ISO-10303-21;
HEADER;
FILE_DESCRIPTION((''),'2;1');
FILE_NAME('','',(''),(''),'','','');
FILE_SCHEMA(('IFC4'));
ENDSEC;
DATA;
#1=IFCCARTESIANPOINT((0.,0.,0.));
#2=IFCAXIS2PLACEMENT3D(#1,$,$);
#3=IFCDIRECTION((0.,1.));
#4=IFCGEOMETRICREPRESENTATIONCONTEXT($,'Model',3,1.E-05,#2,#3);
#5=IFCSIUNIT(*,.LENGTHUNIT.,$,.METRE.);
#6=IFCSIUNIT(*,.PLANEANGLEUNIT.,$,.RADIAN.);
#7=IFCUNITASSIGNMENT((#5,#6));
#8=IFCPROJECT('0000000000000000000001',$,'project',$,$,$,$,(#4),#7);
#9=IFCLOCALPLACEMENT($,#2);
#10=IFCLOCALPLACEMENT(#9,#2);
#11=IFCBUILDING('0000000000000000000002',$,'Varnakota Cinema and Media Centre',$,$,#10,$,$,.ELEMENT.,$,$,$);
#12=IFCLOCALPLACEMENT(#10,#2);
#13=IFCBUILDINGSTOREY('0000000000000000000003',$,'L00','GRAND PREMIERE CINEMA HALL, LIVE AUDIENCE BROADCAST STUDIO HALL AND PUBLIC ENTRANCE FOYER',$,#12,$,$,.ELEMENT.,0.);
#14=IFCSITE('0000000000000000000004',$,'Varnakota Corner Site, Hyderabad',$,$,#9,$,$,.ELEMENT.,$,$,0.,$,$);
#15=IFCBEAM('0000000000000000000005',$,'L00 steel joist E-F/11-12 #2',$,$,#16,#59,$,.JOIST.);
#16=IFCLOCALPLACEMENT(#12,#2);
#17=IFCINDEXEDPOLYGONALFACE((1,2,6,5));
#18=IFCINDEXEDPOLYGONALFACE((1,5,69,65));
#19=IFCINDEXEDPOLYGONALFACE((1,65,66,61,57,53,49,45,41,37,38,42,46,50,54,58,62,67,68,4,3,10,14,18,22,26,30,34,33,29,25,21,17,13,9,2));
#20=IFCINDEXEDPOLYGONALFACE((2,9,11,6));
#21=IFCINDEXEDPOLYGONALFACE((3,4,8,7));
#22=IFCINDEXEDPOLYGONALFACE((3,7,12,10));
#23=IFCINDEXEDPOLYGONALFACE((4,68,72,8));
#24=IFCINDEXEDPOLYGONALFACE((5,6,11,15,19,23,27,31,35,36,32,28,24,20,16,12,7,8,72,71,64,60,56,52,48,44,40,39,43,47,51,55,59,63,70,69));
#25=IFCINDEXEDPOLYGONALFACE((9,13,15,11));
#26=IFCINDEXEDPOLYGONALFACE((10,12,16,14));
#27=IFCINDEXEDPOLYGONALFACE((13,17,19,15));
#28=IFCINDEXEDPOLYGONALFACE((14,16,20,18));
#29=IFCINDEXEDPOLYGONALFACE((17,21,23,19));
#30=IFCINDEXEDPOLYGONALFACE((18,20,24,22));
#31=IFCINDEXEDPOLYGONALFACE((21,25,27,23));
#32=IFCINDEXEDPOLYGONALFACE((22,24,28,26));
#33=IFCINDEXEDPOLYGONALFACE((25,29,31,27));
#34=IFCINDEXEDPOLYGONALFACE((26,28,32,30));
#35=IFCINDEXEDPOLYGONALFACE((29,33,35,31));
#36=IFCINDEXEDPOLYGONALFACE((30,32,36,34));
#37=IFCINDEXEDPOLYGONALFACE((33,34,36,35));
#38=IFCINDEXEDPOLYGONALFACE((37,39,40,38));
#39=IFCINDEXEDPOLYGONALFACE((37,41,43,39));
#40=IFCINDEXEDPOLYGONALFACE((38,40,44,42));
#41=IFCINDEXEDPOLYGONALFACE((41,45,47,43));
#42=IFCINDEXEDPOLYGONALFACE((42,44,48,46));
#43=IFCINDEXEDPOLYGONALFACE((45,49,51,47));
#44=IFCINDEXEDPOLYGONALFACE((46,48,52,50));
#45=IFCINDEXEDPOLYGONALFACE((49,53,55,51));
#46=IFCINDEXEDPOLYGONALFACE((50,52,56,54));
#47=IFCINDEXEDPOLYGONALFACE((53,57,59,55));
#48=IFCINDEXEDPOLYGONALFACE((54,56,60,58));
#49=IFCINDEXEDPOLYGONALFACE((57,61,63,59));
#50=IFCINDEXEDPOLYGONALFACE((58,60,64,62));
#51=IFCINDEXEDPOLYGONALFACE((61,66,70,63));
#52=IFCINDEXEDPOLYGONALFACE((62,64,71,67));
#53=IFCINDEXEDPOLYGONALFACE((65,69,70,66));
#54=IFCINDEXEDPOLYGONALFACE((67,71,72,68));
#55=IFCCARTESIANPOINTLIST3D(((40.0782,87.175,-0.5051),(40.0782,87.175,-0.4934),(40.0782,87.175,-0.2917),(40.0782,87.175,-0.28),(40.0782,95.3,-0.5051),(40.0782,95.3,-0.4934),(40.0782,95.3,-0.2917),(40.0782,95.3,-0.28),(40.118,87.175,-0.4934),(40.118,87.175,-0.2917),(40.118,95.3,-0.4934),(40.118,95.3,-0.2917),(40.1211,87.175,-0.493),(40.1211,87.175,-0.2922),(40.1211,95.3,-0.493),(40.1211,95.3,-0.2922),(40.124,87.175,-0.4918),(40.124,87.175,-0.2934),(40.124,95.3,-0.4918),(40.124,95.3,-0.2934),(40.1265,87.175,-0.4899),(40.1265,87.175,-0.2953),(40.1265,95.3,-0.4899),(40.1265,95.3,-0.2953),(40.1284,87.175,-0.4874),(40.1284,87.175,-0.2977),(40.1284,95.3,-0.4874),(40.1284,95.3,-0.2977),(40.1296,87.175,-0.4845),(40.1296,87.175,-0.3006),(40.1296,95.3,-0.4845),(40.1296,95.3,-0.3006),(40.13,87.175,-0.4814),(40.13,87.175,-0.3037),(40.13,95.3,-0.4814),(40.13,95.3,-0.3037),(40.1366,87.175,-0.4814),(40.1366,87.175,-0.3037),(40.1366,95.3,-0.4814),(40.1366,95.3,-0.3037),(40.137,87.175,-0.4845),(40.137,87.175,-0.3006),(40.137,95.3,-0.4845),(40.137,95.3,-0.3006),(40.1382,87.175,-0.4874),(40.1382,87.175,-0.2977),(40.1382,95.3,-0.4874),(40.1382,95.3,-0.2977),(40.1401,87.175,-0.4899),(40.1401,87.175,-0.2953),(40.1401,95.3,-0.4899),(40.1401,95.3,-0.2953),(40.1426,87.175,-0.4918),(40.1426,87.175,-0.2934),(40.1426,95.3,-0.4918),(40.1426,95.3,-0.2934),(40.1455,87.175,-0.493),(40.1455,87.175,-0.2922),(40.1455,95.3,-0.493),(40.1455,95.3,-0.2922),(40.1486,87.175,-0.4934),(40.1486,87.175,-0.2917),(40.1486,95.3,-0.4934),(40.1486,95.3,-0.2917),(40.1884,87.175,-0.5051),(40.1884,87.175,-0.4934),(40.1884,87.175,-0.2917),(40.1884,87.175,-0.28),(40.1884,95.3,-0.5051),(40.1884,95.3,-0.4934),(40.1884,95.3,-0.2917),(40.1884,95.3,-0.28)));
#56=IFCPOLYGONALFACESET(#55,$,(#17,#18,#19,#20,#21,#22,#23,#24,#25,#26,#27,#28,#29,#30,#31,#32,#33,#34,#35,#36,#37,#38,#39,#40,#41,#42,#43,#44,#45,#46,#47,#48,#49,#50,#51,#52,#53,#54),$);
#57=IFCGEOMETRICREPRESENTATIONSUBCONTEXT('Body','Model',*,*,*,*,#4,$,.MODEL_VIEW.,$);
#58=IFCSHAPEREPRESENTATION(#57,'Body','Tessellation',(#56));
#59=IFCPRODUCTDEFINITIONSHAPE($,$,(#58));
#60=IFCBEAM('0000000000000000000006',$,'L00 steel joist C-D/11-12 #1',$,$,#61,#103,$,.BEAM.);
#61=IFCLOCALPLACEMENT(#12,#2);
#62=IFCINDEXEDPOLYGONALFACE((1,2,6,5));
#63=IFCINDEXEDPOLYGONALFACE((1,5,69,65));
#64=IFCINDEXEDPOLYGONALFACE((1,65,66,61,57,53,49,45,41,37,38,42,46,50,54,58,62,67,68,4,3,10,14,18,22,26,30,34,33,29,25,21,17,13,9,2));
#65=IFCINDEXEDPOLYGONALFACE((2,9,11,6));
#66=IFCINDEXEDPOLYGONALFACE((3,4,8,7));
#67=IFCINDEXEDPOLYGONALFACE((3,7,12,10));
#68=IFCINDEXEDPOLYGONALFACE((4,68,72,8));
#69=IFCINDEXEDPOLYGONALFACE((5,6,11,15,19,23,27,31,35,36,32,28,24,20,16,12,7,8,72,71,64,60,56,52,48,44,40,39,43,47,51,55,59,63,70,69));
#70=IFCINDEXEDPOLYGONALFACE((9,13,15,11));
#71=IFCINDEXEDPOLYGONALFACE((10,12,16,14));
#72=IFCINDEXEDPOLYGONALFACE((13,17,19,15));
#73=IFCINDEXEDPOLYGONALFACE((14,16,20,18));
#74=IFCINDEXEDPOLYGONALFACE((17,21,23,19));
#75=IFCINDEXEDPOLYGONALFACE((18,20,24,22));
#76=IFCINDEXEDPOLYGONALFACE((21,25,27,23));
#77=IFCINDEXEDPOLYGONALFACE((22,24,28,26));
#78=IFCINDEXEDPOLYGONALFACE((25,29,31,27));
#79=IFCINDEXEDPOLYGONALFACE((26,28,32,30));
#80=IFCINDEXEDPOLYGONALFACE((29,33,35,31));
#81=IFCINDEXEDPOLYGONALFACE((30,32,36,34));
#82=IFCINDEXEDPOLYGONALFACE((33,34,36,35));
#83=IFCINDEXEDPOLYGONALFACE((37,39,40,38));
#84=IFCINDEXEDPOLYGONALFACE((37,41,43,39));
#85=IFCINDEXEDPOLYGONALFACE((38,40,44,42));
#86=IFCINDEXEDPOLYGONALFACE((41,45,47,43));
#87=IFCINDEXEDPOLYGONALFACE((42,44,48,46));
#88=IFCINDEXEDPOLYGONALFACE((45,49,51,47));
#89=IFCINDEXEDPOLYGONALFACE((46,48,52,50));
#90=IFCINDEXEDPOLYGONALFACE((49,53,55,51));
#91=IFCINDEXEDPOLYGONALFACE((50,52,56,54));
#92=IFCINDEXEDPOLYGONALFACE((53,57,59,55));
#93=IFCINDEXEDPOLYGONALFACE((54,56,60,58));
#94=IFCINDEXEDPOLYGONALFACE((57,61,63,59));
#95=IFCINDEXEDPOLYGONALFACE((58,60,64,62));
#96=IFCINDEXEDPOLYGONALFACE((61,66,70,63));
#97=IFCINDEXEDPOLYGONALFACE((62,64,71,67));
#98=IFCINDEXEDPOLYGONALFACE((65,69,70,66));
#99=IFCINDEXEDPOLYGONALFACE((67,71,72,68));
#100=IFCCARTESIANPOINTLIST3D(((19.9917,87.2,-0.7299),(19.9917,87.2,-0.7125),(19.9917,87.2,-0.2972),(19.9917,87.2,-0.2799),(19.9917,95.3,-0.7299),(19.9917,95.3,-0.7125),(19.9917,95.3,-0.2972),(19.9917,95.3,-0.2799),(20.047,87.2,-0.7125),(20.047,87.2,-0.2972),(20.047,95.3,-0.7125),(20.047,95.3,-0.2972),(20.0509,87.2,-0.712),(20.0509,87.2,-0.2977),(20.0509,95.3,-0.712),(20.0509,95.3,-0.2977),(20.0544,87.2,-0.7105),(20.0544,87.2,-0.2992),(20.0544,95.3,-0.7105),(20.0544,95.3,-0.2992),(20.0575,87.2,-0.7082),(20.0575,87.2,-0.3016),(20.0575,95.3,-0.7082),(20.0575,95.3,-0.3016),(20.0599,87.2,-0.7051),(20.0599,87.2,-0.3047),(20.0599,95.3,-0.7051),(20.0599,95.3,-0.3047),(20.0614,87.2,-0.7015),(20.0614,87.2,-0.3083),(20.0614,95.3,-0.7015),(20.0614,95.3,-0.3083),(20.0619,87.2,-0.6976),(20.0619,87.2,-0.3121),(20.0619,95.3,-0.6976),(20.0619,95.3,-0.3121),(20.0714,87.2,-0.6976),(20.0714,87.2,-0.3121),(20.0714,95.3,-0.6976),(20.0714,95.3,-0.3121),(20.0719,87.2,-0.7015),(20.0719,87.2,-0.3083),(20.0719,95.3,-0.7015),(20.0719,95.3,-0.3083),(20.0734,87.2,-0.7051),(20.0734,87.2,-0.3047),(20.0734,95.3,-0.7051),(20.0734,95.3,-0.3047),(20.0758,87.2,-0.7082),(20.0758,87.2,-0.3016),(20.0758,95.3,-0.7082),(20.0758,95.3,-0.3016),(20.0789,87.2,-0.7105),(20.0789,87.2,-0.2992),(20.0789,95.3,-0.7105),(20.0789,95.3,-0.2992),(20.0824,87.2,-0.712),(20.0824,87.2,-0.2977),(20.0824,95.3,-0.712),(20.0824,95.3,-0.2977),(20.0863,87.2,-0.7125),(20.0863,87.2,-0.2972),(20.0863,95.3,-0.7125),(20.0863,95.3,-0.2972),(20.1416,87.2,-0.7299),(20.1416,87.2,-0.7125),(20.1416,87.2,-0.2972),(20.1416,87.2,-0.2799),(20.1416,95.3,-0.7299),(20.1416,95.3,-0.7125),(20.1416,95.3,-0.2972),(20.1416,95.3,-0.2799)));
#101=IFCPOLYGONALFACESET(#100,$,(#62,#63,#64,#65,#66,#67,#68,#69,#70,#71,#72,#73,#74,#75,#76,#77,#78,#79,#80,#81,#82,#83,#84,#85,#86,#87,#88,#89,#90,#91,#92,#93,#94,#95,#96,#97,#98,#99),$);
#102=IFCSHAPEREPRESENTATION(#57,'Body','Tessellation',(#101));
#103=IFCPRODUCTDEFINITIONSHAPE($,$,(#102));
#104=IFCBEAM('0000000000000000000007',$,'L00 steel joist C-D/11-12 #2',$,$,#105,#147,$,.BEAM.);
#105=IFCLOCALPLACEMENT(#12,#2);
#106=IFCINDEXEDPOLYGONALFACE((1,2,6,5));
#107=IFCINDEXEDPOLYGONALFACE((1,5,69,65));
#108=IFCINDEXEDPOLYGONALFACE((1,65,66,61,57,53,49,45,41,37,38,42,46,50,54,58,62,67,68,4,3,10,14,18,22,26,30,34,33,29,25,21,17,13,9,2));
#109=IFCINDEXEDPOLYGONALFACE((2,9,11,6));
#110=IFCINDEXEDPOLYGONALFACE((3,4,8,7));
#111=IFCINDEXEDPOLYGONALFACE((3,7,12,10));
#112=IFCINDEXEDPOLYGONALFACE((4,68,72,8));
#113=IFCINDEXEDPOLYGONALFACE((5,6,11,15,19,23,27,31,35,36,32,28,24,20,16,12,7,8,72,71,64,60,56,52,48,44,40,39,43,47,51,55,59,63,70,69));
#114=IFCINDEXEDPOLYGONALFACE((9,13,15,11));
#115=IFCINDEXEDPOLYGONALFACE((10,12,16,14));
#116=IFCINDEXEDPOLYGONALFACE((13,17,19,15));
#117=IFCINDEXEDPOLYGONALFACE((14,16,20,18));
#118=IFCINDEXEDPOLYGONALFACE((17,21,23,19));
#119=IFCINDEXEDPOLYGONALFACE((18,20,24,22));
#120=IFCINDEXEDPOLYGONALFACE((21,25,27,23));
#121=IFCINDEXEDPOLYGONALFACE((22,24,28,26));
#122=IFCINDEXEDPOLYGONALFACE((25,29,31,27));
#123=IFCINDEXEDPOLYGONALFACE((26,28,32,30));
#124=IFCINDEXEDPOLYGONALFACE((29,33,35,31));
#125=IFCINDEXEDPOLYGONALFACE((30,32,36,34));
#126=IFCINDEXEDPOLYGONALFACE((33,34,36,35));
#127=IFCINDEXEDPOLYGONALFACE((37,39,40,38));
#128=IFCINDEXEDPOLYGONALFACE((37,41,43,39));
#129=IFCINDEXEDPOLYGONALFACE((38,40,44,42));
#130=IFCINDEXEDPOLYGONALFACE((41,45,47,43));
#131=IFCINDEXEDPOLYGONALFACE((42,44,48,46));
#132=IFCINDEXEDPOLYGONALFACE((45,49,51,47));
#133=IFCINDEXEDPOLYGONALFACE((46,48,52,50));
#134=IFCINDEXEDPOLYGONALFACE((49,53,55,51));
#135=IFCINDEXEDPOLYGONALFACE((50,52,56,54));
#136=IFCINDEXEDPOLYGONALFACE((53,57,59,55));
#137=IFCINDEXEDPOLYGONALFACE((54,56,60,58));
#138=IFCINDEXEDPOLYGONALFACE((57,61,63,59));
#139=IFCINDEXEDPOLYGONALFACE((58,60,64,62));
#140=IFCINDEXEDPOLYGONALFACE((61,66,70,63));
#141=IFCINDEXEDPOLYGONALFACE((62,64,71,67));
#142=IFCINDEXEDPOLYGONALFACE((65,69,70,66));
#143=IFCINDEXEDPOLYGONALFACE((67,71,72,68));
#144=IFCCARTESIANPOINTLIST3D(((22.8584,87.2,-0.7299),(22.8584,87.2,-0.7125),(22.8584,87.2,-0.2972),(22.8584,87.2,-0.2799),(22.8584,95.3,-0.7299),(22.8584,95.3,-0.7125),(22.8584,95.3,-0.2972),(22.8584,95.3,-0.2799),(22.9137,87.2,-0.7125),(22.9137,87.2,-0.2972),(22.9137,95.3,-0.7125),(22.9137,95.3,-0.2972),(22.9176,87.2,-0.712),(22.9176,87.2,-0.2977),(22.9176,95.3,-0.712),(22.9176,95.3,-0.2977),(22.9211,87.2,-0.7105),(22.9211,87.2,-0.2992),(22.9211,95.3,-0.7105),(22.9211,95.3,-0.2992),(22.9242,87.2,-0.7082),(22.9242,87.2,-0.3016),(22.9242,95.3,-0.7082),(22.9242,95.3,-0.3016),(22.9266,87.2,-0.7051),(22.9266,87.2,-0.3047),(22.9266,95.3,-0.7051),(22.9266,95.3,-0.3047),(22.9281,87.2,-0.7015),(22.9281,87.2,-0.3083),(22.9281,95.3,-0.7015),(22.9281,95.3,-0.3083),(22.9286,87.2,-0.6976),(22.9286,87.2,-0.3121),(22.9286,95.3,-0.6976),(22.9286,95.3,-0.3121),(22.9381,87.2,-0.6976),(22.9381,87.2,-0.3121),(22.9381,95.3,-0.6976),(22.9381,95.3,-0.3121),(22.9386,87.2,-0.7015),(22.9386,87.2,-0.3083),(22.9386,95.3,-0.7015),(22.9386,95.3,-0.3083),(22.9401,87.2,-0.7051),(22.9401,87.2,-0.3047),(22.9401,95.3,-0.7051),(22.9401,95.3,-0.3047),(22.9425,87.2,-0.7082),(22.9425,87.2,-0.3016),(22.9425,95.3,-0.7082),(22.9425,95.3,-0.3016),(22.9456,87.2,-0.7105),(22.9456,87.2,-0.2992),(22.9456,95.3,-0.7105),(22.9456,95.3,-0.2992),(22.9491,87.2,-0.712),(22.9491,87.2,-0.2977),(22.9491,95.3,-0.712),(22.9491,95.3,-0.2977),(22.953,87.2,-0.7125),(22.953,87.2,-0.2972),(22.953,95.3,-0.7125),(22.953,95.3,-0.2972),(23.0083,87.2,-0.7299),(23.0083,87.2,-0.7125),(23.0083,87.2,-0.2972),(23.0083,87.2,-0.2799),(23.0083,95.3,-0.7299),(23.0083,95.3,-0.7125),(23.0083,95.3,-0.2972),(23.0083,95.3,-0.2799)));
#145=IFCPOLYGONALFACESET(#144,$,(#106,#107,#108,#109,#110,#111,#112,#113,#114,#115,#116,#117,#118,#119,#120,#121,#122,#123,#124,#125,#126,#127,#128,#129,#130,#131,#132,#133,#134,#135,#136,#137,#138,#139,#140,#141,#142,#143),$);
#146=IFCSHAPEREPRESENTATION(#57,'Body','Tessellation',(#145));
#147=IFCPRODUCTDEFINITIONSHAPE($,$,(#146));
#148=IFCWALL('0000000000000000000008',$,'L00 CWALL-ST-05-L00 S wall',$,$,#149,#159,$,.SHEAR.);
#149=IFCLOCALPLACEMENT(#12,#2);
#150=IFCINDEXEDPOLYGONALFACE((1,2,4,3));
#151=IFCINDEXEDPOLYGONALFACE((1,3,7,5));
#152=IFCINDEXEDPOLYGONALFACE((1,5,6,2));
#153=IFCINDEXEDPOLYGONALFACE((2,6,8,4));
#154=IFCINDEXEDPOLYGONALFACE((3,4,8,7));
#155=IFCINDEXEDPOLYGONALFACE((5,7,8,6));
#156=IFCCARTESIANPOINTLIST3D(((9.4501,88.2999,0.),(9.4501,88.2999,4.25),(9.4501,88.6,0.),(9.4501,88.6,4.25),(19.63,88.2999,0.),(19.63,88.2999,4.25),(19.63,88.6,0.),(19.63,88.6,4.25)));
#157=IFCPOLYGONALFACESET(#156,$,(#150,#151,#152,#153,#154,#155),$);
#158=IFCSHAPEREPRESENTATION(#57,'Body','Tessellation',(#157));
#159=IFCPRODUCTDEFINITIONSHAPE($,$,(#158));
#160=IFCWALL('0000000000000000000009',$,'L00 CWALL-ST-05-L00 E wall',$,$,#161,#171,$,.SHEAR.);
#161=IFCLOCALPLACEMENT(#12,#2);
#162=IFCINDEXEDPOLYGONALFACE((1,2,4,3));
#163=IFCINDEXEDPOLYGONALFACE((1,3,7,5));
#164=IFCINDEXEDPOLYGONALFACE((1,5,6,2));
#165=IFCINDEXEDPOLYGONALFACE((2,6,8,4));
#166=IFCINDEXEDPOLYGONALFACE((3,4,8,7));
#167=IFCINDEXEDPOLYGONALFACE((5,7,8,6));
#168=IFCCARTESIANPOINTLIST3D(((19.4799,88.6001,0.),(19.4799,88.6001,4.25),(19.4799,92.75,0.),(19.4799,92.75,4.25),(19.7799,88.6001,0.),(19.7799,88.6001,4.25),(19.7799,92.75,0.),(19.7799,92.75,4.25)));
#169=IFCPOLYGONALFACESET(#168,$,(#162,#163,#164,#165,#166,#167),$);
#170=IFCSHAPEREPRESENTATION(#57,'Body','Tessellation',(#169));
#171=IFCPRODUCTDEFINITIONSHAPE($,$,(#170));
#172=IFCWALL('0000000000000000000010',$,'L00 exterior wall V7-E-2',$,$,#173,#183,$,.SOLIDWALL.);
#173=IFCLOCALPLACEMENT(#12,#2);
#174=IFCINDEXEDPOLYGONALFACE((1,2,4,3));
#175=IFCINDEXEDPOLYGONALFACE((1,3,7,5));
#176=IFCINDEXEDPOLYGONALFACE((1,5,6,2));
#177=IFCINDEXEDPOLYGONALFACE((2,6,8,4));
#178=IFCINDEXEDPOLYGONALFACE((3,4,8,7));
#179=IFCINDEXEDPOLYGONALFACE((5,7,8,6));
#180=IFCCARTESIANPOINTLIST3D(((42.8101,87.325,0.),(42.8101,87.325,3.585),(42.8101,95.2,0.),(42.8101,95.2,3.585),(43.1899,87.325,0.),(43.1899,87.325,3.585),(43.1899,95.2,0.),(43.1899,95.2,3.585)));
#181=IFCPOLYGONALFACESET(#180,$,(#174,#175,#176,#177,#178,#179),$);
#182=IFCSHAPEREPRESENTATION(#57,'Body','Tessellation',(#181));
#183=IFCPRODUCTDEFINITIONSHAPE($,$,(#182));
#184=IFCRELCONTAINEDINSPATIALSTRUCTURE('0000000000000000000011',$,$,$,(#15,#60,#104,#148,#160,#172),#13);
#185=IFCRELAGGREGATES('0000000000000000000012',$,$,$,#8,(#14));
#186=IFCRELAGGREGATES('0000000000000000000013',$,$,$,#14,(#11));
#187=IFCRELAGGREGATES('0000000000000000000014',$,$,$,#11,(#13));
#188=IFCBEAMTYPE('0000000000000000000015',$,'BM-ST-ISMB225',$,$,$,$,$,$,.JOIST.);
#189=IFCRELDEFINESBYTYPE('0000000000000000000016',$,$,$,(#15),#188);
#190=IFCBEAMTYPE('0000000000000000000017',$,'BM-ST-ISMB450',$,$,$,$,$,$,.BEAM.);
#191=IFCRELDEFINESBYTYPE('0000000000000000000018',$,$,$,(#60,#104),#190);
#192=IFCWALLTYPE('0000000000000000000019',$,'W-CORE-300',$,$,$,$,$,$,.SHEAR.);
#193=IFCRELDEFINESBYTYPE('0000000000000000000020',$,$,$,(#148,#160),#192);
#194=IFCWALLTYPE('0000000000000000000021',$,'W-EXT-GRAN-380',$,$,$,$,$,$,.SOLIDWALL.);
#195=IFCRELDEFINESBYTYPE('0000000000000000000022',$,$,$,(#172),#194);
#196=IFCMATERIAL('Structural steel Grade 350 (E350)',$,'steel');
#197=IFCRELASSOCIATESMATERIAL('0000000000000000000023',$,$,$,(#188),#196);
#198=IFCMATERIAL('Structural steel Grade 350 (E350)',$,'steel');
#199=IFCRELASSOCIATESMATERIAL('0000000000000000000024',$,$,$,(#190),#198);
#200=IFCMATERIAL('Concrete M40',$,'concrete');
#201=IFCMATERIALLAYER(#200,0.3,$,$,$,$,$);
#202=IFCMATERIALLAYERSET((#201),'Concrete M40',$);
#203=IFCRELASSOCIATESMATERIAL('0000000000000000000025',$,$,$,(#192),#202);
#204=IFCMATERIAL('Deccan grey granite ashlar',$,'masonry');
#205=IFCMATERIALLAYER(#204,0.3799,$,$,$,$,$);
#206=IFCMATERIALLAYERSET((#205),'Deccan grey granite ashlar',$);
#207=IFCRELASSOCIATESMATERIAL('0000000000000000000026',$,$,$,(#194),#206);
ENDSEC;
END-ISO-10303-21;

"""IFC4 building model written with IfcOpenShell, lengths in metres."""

from ifc_helpers import new_model, si_unit, direction, frame, frame_2d, origin, origin_2d, place, context, subcontext, project, spatial, rectangle, i_section, extrude, material, layer, layer_set, material_profile, profile_set, type_object, element, save


model = new_model("IFC4")

# Units and contexts
model_context = context("Model", 3, precision=1e-05, world=origin(), true_north=direction((0.0, 1.0)))
body_context = subcontext(model_context, "Body", "Model", "MODEL_VIEW")
ifc_project = project(units=[si_unit("LENGTHUNIT", "METRE"), si_unit("PLANEANGLEUNIT", "RADIAN")], contexts=[model_context])

# Site, building, storey
site_placement = place(None, origin())
site = spatial("IfcSite", under=ifc_project, at=site_placement, Name="Varnakota Corner Site, Hyderabad", CompositionType="ELEMENT", RefElevation=0.0)
building_placement = place(site_placement, origin())
building = spatial("IfcBuilding", under=site, at=building_placement, Name="Varnakota Cinema and Media Centre", CompositionType="ELEMENT")
storey_placement = place(building_placement, origin())
storey = spatial("IfcBuildingStorey", under=building, at=storey_placement, Name="L00", Description="GRAND PREMIERE CINEMA HALL, LIVE AUDIENCE BROADCAST STUDIO HALL AND PUBLIC ENTRANCE FOYER", CompositionType="ELEMENT", Elevation=0.0)

# Beams
ifc_material_1 = material(Name="Structural steel Grade 350 (E350)", Category="steel")
ifc_material_profile_1 = material_profile(ifc_material_1, i_section(OverallWidth=0.1101, OverallDepth=0.2251, WebThickness=0.0066, FlangeThickness=0.0117, FilletRadius=0.012, at=origin_2d()), Name="ISMB 225")
ifc_profile_set_1 = profile_set([ifc_material_profile_1], Name="Structural steel Grade 350 (E350)")
beam_type_1 = type_object("IfcBeamType", Name="BM-ST-ISMB225", PredefinedType="JOIST", material=ifc_profile_set_1)
for number, where, z_axis, x_axis, name in (
    (1, (40.1333, 87.175, -0.3926), (0.0, 1.0, 0.0), (-1.0, 0.0, 0.0), "L00 steel joist E-F/11-12 #2"),
):
    element("IfcBeam", number, at=place(storey_placement, frame(where, z_axis=z_axis, x_axis=x_axis)), inside=storey, type_object=beam_type_1, Name=name, PredefinedType="JOIST", context=body_context, shape_type="SweptSolid", body=[
        extrude(i_section(OverallWidth=0.1101, OverallDepth=0.2251, WebThickness=0.0066, FlangeThickness=0.0117, FilletRadius=0.012, at=origin_2d()), origin(), (0.0, 0.0, 1.0), 8.125),
    ])
ifc_material_2 = material(Name="Structural steel Grade 350 (E350)", Category="steel")
ifc_material_profile_2 = material_profile(ifc_material_2, i_section(OverallWidth=0.1499, OverallDepth=0.45, WebThickness=0.0095, FlangeThickness=0.0173, FilletRadius=0.0149, at=origin_2d()), Name="ISMB 450")
ifc_profile_set_2 = profile_set([ifc_material_profile_2], Name="Structural steel Grade 350 (E350)")
beam_type_2 = type_object("IfcBeamType", Name="BM-ST-ISMB450", PredefinedType="BEAM", material=ifc_profile_set_2)
for number, where, z_axis, x_axis, name in (
    (2, (20.0667, 87.2, -0.5049), (0.0, 1.0, 0.0), (-1.0, 0.0, 0.0), "L00 steel joist C-D/11-12 #1"),
    (3, (22.9333, 87.2, -0.5049), (0.0, 1.0, 0.0), (-1.0, 0.0, 0.0), "L00 steel joist C-D/11-12 #2"),
):
    element("IfcBeam", number, at=place(storey_placement, frame(where, z_axis=z_axis, x_axis=x_axis)), inside=storey, type_object=beam_type_2, Name=name, PredefinedType="BEAM", context=body_context, shape_type="SweptSolid", body=[
        extrude(i_section(OverallWidth=0.1499, OverallDepth=0.45, WebThickness=0.0095, FlangeThickness=0.0173, FilletRadius=0.0149, at=origin_2d()), origin(), (0.0, 0.0, 1.0), 8.1001),
    ])

# Walls
ifc_material_3 = material(Name="Concrete M40", Category="concrete")
ifc_layer_1 = layer(ifc_material_3, 0.3)
ifc_layer_set_1 = layer_set([ifc_layer_1], Name="Concrete M40")
wall_type_1 = type_object("IfcWallType", Name="W-CORE-300", PredefinedType="SHEAR", material=ifc_layer_set_1)
wall_1_placement = place(storey_placement, frame((19.6299, 88.45, 0.0), z_axis=(0.0, 0.0, 1.0), x_axis=(-1.0, 0.0, 0.0)))
element("IfcWall", 4, at=wall_1_placement, inside=storey, type_object=wall_type_1, Name="L00 CWALL-ST-05-L00 S wall", PredefinedType="SHEAR", context=body_context, shape_type="SweptSolid", body=[
    extrude(rectangle(XDim=10.1799, YDim=0.3, at=frame_2d((5.0898, 0.0))), origin(), (0.0, 0.0, 1.0), 4.25),
])
wall_2_placement = place(storey_placement, frame((19.6299, 92.75, 0.0), z_axis=(0.0, 0.0, 1.0), x_axis=(0.0, -1.0, 0.0)))
element("IfcWall", 5, at=wall_2_placement, inside=storey, type_object=wall_type_1, Name="L00 CWALL-ST-05-L00 E wall", PredefinedType="SHEAR", context=body_context, shape_type="SweptSolid", body=[
    extrude(rectangle(XDim=4.1499, YDim=0.3, at=frame_2d((2.075, 0.0))), origin(), (0.0, 0.0, 1.0), 4.25),
])
ifc_material_4 = material(Name="Deccan grey granite ashlar", Category="masonry")
ifc_layer_2 = layer(ifc_material_4, 0.3799)
ifc_layer_set_2 = layer_set([ifc_layer_2], Name="Deccan grey granite ashlar")
wall_type_2 = type_object("IfcWallType", Name="W-EXT-GRAN-380", PredefinedType="SOLIDWALL", material=ifc_layer_set_2)
wall_3_placement = place(storey_placement, frame((43.0, 87.325, 0.0), z_axis=(0.0, 0.0, 1.0), x_axis=(0.0, 1.0, 0.0)))
element("IfcWall", 6, at=wall_3_placement, inside=storey, type_object=wall_type_2, Name="L00 exterior wall V7-E-2", PredefinedType="SOLIDWALL", context=body_context, shape_type="SweptSolid", body=[
    extrude(rectangle(XDim=7.875, YDim=0.3799, at=frame_2d((3.9375, 0.0))), origin(), (0.0, 0.0, 1.0), 3.585),
])

save(model, "model.ifc")
